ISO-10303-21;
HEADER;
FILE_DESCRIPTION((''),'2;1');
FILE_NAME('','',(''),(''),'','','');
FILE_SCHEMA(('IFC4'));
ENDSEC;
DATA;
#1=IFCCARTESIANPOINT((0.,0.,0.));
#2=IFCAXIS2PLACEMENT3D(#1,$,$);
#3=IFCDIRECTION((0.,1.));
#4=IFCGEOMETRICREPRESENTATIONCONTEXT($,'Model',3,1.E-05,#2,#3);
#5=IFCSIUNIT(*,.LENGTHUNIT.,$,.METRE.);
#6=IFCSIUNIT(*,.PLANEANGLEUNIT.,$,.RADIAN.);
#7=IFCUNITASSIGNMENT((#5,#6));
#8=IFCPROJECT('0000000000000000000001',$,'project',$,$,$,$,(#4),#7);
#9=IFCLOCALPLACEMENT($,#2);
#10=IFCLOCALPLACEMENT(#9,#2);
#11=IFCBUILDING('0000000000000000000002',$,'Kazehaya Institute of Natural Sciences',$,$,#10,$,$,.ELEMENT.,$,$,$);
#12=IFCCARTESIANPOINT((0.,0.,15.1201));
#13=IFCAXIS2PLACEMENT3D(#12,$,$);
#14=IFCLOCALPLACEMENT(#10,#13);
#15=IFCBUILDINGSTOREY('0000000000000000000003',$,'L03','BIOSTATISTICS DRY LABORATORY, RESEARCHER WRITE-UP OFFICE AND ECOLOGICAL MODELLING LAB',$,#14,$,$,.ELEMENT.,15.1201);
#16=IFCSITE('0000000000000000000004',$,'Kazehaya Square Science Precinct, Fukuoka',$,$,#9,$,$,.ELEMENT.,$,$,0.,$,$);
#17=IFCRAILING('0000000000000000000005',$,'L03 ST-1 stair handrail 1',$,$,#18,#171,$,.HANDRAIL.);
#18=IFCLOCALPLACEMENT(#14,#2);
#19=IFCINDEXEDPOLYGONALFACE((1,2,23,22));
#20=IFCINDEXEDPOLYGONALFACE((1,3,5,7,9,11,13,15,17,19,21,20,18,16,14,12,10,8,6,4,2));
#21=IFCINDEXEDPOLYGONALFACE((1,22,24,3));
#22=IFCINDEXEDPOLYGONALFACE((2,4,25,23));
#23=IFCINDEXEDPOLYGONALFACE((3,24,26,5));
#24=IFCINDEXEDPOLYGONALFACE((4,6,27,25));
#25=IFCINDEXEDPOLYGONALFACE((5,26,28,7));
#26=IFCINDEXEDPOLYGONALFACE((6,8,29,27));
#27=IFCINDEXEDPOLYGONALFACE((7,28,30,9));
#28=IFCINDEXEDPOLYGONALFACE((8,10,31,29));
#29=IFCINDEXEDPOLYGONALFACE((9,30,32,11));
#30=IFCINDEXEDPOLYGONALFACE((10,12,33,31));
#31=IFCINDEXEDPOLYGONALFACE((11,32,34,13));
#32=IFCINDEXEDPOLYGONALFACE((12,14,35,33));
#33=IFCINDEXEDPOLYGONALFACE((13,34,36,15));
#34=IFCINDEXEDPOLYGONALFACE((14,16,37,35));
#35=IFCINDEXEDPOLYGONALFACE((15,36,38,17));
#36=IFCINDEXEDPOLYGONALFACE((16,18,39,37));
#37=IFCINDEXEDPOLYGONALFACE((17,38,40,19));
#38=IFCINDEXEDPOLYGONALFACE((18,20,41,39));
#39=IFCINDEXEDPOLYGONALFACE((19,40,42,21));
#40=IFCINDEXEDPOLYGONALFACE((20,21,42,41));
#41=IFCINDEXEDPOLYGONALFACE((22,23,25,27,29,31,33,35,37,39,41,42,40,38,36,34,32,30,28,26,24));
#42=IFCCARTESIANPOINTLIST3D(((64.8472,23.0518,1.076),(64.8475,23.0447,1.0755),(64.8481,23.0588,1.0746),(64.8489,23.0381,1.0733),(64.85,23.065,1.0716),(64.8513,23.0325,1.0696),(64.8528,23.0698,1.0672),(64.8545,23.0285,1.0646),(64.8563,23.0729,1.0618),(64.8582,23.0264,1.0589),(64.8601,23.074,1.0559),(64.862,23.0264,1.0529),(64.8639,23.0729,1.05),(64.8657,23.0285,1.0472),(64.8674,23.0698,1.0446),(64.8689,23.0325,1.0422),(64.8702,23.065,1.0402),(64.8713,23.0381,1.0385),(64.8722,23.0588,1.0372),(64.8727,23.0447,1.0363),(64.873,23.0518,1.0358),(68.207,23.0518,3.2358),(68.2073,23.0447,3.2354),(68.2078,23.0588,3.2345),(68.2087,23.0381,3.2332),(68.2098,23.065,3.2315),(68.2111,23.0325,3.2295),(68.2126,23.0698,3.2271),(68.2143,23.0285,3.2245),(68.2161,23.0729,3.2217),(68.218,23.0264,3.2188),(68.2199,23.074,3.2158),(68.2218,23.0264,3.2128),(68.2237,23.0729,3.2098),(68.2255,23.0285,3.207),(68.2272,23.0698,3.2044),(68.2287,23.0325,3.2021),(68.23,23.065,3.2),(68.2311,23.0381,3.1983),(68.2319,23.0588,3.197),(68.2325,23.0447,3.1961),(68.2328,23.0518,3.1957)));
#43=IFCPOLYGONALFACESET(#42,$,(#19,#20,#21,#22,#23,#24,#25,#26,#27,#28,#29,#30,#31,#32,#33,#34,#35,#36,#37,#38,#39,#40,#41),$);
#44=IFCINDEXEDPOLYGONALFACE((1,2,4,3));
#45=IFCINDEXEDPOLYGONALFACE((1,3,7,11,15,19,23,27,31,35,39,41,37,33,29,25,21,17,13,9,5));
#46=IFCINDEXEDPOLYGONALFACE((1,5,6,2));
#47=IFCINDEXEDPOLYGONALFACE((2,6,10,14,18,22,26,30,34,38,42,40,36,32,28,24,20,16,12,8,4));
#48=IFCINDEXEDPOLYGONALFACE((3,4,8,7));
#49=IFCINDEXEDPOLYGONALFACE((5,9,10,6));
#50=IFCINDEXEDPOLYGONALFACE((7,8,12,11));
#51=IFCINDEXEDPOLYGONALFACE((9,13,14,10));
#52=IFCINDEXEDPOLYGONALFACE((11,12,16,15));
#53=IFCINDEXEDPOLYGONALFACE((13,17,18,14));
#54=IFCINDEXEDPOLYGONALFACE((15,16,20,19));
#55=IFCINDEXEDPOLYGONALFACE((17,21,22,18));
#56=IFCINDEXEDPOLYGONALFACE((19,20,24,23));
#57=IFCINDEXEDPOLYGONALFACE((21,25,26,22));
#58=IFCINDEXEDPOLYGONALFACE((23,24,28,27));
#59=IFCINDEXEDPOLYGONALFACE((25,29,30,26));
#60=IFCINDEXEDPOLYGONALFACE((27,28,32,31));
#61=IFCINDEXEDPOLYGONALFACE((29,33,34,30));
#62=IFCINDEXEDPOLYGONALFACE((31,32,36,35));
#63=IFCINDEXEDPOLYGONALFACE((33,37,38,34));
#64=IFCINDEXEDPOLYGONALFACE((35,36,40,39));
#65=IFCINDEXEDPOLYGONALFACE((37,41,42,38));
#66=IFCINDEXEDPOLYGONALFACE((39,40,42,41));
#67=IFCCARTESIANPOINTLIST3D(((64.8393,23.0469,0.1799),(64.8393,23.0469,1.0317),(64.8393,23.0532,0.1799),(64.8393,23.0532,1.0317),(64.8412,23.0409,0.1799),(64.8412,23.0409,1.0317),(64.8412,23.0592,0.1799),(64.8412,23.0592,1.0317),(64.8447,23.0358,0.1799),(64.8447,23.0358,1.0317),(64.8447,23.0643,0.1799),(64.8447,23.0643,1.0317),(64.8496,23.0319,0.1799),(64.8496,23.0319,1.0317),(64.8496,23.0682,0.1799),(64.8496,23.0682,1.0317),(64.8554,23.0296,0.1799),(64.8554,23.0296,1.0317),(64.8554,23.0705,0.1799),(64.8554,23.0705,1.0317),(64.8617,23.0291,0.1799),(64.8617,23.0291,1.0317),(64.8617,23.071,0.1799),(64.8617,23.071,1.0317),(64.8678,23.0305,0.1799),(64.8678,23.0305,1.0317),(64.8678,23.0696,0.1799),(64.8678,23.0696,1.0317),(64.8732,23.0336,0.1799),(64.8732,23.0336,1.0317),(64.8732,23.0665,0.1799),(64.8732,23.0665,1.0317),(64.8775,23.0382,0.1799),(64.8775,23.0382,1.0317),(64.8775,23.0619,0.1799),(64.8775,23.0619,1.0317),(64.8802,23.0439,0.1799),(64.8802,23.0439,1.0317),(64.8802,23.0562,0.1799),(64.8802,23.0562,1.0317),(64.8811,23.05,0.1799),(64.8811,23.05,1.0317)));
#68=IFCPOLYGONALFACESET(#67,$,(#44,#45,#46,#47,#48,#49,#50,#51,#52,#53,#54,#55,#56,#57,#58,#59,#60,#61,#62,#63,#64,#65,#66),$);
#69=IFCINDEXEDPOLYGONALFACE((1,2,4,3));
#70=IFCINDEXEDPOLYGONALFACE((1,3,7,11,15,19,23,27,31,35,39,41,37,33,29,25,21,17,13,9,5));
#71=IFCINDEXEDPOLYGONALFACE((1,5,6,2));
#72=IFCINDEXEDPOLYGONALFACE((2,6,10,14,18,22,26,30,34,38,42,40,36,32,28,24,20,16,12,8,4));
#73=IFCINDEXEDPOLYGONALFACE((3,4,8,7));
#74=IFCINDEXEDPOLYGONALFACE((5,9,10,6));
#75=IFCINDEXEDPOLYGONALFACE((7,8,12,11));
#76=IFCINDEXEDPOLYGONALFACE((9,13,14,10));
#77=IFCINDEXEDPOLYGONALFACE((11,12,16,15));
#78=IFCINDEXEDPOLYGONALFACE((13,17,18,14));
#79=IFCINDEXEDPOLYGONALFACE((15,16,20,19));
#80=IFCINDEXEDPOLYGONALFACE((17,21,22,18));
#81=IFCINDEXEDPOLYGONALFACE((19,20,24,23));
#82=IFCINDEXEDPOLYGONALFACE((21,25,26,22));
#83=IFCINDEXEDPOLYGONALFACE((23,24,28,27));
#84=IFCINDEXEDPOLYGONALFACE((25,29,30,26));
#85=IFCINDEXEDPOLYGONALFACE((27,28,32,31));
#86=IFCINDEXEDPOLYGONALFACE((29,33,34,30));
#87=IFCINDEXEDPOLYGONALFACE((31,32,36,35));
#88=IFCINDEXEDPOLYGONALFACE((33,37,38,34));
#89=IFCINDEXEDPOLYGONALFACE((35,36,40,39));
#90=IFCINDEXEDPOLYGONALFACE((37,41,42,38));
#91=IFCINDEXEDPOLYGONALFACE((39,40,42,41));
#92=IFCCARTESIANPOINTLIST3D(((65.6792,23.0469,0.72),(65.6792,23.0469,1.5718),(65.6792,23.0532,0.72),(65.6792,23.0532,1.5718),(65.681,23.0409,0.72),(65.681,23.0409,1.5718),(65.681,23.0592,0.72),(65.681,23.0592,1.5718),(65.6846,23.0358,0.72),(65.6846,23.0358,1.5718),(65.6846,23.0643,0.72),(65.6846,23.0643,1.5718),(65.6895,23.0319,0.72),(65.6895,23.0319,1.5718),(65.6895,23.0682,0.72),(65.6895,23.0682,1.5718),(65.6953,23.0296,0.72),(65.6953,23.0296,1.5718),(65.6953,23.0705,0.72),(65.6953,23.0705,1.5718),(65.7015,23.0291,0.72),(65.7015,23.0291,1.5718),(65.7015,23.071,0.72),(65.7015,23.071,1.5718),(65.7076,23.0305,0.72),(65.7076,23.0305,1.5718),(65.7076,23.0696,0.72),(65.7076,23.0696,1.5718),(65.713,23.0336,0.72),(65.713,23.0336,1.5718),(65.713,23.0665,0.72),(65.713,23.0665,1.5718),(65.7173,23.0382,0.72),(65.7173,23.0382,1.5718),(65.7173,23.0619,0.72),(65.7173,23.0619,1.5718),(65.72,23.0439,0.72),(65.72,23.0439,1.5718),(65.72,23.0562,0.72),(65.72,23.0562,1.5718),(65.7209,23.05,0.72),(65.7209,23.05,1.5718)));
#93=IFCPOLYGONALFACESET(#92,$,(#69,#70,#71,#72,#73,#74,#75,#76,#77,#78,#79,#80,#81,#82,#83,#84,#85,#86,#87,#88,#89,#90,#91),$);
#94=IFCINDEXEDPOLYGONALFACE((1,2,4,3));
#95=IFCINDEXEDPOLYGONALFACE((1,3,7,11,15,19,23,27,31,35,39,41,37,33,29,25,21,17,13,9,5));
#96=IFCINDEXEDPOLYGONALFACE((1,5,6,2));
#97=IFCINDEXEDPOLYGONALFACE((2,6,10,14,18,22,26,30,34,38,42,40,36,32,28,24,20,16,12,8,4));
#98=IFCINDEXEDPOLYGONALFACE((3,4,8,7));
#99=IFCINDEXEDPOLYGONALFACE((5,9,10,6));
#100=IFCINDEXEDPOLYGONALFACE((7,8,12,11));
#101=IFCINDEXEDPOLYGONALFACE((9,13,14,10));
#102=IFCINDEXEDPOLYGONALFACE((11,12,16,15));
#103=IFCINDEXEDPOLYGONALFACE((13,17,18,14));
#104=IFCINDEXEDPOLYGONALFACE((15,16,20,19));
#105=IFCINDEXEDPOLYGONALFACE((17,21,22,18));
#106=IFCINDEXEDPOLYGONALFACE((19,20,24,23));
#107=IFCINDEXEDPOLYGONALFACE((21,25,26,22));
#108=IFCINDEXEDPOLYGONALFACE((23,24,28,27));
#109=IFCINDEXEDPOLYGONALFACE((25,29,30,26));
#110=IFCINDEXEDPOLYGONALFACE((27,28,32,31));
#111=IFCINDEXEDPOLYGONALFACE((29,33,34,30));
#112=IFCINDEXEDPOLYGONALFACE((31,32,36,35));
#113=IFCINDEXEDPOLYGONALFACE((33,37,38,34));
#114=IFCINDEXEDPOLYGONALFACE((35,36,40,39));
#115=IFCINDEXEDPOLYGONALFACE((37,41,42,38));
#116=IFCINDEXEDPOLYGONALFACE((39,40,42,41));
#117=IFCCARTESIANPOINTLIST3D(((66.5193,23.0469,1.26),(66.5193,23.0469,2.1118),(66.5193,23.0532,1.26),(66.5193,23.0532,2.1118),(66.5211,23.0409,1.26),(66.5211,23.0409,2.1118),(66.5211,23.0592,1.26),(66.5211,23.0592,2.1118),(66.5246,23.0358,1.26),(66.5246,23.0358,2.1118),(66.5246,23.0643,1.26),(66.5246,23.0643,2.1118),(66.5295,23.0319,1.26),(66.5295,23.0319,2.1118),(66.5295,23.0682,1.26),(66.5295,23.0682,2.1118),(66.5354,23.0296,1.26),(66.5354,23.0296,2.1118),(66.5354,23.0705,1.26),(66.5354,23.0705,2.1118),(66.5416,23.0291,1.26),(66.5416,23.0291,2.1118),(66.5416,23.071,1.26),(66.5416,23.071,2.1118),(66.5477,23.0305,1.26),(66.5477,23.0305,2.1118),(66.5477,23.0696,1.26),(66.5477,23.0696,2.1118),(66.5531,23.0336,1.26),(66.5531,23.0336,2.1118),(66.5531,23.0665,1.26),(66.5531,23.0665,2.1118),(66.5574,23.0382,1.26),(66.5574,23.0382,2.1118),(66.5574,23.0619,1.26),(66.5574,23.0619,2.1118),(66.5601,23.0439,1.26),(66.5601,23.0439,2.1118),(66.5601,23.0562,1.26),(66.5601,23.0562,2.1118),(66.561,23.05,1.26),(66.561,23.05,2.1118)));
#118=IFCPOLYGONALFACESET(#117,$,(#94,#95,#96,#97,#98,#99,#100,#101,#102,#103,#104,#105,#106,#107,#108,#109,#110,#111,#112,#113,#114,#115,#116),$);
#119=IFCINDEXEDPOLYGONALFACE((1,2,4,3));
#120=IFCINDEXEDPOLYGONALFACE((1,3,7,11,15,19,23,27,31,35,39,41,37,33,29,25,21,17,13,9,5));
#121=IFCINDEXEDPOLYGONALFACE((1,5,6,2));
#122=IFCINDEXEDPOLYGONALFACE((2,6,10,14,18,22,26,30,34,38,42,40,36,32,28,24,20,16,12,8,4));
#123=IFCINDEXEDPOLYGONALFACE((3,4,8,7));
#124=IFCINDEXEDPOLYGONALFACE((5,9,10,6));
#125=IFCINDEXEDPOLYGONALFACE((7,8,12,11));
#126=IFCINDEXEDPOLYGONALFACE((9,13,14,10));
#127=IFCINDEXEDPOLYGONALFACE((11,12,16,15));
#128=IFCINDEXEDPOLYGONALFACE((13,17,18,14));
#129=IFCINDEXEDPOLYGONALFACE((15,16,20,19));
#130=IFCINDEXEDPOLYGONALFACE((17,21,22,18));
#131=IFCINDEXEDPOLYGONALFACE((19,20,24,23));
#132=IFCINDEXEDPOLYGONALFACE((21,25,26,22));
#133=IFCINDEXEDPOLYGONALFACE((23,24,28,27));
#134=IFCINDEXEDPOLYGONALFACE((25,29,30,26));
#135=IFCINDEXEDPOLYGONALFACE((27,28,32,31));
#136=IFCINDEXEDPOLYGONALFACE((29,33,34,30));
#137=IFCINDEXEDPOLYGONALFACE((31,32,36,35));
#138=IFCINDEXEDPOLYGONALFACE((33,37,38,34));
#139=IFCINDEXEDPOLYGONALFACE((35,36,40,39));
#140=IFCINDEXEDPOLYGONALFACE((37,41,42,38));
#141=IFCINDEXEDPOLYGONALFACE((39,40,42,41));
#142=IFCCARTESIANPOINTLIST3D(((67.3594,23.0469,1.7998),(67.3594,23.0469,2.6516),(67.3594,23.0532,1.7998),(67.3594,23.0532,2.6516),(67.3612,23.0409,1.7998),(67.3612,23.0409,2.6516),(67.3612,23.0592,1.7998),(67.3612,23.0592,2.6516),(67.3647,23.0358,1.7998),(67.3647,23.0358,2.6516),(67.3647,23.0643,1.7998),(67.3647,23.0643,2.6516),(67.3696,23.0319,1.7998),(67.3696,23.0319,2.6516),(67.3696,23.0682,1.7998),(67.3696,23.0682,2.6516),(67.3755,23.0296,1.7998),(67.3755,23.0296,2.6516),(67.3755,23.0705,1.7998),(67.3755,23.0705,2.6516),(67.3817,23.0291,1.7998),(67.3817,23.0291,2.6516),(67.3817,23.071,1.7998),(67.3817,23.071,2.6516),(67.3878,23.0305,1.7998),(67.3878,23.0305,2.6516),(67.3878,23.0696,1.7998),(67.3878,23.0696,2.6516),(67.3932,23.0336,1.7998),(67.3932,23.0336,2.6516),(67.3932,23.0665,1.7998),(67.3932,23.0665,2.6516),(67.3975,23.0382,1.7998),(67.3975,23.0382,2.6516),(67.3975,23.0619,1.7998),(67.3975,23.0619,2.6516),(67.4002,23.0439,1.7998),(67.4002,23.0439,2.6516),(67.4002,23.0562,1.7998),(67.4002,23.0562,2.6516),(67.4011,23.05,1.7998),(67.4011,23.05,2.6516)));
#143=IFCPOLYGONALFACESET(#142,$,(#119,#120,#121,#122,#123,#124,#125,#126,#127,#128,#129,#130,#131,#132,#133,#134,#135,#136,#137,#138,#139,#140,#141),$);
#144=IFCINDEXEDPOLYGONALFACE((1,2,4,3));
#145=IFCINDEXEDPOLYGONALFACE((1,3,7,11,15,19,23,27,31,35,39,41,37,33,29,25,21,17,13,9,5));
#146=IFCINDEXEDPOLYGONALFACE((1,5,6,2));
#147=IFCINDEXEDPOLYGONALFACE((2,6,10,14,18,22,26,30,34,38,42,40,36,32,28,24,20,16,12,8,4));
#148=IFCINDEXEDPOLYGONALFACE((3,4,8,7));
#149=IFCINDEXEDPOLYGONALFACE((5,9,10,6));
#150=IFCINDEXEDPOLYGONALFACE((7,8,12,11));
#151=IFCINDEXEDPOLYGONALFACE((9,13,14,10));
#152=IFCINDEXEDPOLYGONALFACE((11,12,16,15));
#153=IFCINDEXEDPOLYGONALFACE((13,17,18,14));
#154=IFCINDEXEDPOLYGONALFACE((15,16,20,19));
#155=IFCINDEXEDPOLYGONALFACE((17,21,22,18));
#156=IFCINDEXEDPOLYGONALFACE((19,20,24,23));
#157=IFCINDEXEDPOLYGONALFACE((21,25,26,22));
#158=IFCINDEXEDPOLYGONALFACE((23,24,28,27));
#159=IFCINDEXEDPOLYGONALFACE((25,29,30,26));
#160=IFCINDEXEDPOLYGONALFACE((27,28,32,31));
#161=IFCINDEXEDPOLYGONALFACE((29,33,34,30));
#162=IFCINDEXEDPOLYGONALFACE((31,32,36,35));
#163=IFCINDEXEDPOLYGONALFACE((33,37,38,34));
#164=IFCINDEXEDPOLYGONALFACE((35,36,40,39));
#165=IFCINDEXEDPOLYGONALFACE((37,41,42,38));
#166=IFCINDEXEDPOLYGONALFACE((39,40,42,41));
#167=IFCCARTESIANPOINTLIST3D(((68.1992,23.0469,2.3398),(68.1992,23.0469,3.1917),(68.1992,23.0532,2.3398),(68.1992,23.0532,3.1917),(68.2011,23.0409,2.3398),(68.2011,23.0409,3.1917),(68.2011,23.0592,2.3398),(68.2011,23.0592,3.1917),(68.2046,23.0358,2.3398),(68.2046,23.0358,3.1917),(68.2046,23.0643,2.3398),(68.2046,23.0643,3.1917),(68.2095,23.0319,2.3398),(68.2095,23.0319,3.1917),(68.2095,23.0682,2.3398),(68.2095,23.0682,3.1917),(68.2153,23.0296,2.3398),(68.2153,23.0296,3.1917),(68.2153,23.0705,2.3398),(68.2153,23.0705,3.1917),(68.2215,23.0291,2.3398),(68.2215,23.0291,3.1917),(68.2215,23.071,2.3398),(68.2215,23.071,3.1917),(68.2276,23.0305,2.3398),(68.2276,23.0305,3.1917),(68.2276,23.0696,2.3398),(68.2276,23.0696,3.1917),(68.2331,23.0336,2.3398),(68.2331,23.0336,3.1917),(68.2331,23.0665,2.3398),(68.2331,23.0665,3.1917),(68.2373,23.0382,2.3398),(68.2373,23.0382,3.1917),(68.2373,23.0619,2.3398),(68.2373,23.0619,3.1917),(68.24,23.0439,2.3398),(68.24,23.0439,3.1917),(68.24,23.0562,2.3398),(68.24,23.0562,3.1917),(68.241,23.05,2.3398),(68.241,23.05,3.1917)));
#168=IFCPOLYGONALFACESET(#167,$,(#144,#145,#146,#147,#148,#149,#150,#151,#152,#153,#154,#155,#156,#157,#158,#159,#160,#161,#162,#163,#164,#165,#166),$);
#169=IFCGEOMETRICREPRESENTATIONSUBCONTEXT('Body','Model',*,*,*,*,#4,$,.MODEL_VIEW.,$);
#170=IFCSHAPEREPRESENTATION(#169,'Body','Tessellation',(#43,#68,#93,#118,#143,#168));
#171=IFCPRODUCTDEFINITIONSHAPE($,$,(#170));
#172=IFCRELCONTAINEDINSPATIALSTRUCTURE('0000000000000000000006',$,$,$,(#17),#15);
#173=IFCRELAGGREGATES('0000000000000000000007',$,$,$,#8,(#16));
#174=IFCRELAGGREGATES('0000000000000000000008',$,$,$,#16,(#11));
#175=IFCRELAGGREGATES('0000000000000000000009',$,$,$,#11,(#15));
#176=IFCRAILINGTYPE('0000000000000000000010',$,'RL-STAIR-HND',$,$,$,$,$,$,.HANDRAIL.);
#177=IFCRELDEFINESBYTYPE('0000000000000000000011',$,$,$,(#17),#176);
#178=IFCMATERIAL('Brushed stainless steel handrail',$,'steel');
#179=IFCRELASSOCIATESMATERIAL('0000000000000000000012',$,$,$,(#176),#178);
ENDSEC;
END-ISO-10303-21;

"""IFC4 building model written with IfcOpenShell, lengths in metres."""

from ifc_helpers import new_model, si_unit, direction, frame, origin, origin_2d, place, context, subcontext, project, spatial, circle, extrude, material, type_object, element, save


model = new_model("IFC4")

# Units and contexts
model_context = context("Model", 3, precision=1e-05, world=origin(), true_north=direction((0.0, 1.0)))
body_context = subcontext(model_context, "Body", "Model", "MODEL_VIEW")
ifc_project = project(units=[si_unit("LENGTHUNIT", "METRE"), si_unit("PLANEANGLEUNIT", "RADIAN")], contexts=[model_context])

# Site, building, storey
site_placement = place(None, origin())
site = spatial("IfcSite", under=ifc_project, at=site_placement, Name="Kazehaya Square Science Precinct, Fukuoka", CompositionType="ELEMENT", RefElevation=0.0)
building_placement = place(site_placement, origin())
building = spatial("IfcBuilding", under=site, at=building_placement, Name="Kazehaya Institute of Natural Sciences", CompositionType="ELEMENT")
storey_placement = place(building_placement, frame((0.0, 0.0, 15.1201)))
storey = spatial("IfcBuildingStorey", under=building, at=storey_placement, Name="L03", Description="BIOSTATISTICS DRY LABORATORY, RESEARCHER WRITE-UP OFFICE AND ECOLOGICAL MODELLING LAB", CompositionType="ELEMENT", Elevation=15.1201)

# Railing
ifc_material_1 = material(Name="Brushed stainless steel handrail", Category="steel")
railing_type_1 = type_object("IfcRailingType", Name="RL-STAIR-HND", PredefinedType="HANDRAIL", material=ifc_material_1)
railing_1_placement = place(storey_placement, frame((64.8601, 23.05, 0.1799)))
element("IfcRailing", 1, at=railing_1_placement, inside=storey, type_object=railing_type_1, Name="L03 ST-1 stair handrail 1", PredefinedType="HANDRAIL", context=body_context, shape_type="SweptSolid", body=[
    extrude(circle(Radius=0.0239, at=origin_2d()), frame((0.0, 0.0, 0.876), z_axis=(0.841178, 0.0, 0.540758), x_axis=(0.0, 1.0, 0.0)), (0.0, 0.0, 1.0), 3.9941),
    extrude(circle(Radius=0.021, at=origin_2d()), origin(), (0.0, 0.0, 1.0), 0.8518),
    extrude(circle(Radius=0.021, at=origin_2d()), frame((0.8398, 0.0, 0.54)), (0.0, 0.0, 1.0), 0.8518),
    extrude(circle(Radius=0.021, at=origin_2d()), frame((1.6799, 0.0, 1.0801)), (0.0, 0.0, 1.0), 0.8518),
    extrude(circle(Radius=0.021, at=origin_2d()), frame((2.52, 0.0, 1.6199)), (0.0, 0.0, 1.0), 0.8518),
    extrude(circle(Radius=0.021, at=origin_2d()), frame((3.3599, 0.0, 2.1599)), (0.0, 0.0, 1.0), 0.8518),
])

save(model, "model.ifc")
